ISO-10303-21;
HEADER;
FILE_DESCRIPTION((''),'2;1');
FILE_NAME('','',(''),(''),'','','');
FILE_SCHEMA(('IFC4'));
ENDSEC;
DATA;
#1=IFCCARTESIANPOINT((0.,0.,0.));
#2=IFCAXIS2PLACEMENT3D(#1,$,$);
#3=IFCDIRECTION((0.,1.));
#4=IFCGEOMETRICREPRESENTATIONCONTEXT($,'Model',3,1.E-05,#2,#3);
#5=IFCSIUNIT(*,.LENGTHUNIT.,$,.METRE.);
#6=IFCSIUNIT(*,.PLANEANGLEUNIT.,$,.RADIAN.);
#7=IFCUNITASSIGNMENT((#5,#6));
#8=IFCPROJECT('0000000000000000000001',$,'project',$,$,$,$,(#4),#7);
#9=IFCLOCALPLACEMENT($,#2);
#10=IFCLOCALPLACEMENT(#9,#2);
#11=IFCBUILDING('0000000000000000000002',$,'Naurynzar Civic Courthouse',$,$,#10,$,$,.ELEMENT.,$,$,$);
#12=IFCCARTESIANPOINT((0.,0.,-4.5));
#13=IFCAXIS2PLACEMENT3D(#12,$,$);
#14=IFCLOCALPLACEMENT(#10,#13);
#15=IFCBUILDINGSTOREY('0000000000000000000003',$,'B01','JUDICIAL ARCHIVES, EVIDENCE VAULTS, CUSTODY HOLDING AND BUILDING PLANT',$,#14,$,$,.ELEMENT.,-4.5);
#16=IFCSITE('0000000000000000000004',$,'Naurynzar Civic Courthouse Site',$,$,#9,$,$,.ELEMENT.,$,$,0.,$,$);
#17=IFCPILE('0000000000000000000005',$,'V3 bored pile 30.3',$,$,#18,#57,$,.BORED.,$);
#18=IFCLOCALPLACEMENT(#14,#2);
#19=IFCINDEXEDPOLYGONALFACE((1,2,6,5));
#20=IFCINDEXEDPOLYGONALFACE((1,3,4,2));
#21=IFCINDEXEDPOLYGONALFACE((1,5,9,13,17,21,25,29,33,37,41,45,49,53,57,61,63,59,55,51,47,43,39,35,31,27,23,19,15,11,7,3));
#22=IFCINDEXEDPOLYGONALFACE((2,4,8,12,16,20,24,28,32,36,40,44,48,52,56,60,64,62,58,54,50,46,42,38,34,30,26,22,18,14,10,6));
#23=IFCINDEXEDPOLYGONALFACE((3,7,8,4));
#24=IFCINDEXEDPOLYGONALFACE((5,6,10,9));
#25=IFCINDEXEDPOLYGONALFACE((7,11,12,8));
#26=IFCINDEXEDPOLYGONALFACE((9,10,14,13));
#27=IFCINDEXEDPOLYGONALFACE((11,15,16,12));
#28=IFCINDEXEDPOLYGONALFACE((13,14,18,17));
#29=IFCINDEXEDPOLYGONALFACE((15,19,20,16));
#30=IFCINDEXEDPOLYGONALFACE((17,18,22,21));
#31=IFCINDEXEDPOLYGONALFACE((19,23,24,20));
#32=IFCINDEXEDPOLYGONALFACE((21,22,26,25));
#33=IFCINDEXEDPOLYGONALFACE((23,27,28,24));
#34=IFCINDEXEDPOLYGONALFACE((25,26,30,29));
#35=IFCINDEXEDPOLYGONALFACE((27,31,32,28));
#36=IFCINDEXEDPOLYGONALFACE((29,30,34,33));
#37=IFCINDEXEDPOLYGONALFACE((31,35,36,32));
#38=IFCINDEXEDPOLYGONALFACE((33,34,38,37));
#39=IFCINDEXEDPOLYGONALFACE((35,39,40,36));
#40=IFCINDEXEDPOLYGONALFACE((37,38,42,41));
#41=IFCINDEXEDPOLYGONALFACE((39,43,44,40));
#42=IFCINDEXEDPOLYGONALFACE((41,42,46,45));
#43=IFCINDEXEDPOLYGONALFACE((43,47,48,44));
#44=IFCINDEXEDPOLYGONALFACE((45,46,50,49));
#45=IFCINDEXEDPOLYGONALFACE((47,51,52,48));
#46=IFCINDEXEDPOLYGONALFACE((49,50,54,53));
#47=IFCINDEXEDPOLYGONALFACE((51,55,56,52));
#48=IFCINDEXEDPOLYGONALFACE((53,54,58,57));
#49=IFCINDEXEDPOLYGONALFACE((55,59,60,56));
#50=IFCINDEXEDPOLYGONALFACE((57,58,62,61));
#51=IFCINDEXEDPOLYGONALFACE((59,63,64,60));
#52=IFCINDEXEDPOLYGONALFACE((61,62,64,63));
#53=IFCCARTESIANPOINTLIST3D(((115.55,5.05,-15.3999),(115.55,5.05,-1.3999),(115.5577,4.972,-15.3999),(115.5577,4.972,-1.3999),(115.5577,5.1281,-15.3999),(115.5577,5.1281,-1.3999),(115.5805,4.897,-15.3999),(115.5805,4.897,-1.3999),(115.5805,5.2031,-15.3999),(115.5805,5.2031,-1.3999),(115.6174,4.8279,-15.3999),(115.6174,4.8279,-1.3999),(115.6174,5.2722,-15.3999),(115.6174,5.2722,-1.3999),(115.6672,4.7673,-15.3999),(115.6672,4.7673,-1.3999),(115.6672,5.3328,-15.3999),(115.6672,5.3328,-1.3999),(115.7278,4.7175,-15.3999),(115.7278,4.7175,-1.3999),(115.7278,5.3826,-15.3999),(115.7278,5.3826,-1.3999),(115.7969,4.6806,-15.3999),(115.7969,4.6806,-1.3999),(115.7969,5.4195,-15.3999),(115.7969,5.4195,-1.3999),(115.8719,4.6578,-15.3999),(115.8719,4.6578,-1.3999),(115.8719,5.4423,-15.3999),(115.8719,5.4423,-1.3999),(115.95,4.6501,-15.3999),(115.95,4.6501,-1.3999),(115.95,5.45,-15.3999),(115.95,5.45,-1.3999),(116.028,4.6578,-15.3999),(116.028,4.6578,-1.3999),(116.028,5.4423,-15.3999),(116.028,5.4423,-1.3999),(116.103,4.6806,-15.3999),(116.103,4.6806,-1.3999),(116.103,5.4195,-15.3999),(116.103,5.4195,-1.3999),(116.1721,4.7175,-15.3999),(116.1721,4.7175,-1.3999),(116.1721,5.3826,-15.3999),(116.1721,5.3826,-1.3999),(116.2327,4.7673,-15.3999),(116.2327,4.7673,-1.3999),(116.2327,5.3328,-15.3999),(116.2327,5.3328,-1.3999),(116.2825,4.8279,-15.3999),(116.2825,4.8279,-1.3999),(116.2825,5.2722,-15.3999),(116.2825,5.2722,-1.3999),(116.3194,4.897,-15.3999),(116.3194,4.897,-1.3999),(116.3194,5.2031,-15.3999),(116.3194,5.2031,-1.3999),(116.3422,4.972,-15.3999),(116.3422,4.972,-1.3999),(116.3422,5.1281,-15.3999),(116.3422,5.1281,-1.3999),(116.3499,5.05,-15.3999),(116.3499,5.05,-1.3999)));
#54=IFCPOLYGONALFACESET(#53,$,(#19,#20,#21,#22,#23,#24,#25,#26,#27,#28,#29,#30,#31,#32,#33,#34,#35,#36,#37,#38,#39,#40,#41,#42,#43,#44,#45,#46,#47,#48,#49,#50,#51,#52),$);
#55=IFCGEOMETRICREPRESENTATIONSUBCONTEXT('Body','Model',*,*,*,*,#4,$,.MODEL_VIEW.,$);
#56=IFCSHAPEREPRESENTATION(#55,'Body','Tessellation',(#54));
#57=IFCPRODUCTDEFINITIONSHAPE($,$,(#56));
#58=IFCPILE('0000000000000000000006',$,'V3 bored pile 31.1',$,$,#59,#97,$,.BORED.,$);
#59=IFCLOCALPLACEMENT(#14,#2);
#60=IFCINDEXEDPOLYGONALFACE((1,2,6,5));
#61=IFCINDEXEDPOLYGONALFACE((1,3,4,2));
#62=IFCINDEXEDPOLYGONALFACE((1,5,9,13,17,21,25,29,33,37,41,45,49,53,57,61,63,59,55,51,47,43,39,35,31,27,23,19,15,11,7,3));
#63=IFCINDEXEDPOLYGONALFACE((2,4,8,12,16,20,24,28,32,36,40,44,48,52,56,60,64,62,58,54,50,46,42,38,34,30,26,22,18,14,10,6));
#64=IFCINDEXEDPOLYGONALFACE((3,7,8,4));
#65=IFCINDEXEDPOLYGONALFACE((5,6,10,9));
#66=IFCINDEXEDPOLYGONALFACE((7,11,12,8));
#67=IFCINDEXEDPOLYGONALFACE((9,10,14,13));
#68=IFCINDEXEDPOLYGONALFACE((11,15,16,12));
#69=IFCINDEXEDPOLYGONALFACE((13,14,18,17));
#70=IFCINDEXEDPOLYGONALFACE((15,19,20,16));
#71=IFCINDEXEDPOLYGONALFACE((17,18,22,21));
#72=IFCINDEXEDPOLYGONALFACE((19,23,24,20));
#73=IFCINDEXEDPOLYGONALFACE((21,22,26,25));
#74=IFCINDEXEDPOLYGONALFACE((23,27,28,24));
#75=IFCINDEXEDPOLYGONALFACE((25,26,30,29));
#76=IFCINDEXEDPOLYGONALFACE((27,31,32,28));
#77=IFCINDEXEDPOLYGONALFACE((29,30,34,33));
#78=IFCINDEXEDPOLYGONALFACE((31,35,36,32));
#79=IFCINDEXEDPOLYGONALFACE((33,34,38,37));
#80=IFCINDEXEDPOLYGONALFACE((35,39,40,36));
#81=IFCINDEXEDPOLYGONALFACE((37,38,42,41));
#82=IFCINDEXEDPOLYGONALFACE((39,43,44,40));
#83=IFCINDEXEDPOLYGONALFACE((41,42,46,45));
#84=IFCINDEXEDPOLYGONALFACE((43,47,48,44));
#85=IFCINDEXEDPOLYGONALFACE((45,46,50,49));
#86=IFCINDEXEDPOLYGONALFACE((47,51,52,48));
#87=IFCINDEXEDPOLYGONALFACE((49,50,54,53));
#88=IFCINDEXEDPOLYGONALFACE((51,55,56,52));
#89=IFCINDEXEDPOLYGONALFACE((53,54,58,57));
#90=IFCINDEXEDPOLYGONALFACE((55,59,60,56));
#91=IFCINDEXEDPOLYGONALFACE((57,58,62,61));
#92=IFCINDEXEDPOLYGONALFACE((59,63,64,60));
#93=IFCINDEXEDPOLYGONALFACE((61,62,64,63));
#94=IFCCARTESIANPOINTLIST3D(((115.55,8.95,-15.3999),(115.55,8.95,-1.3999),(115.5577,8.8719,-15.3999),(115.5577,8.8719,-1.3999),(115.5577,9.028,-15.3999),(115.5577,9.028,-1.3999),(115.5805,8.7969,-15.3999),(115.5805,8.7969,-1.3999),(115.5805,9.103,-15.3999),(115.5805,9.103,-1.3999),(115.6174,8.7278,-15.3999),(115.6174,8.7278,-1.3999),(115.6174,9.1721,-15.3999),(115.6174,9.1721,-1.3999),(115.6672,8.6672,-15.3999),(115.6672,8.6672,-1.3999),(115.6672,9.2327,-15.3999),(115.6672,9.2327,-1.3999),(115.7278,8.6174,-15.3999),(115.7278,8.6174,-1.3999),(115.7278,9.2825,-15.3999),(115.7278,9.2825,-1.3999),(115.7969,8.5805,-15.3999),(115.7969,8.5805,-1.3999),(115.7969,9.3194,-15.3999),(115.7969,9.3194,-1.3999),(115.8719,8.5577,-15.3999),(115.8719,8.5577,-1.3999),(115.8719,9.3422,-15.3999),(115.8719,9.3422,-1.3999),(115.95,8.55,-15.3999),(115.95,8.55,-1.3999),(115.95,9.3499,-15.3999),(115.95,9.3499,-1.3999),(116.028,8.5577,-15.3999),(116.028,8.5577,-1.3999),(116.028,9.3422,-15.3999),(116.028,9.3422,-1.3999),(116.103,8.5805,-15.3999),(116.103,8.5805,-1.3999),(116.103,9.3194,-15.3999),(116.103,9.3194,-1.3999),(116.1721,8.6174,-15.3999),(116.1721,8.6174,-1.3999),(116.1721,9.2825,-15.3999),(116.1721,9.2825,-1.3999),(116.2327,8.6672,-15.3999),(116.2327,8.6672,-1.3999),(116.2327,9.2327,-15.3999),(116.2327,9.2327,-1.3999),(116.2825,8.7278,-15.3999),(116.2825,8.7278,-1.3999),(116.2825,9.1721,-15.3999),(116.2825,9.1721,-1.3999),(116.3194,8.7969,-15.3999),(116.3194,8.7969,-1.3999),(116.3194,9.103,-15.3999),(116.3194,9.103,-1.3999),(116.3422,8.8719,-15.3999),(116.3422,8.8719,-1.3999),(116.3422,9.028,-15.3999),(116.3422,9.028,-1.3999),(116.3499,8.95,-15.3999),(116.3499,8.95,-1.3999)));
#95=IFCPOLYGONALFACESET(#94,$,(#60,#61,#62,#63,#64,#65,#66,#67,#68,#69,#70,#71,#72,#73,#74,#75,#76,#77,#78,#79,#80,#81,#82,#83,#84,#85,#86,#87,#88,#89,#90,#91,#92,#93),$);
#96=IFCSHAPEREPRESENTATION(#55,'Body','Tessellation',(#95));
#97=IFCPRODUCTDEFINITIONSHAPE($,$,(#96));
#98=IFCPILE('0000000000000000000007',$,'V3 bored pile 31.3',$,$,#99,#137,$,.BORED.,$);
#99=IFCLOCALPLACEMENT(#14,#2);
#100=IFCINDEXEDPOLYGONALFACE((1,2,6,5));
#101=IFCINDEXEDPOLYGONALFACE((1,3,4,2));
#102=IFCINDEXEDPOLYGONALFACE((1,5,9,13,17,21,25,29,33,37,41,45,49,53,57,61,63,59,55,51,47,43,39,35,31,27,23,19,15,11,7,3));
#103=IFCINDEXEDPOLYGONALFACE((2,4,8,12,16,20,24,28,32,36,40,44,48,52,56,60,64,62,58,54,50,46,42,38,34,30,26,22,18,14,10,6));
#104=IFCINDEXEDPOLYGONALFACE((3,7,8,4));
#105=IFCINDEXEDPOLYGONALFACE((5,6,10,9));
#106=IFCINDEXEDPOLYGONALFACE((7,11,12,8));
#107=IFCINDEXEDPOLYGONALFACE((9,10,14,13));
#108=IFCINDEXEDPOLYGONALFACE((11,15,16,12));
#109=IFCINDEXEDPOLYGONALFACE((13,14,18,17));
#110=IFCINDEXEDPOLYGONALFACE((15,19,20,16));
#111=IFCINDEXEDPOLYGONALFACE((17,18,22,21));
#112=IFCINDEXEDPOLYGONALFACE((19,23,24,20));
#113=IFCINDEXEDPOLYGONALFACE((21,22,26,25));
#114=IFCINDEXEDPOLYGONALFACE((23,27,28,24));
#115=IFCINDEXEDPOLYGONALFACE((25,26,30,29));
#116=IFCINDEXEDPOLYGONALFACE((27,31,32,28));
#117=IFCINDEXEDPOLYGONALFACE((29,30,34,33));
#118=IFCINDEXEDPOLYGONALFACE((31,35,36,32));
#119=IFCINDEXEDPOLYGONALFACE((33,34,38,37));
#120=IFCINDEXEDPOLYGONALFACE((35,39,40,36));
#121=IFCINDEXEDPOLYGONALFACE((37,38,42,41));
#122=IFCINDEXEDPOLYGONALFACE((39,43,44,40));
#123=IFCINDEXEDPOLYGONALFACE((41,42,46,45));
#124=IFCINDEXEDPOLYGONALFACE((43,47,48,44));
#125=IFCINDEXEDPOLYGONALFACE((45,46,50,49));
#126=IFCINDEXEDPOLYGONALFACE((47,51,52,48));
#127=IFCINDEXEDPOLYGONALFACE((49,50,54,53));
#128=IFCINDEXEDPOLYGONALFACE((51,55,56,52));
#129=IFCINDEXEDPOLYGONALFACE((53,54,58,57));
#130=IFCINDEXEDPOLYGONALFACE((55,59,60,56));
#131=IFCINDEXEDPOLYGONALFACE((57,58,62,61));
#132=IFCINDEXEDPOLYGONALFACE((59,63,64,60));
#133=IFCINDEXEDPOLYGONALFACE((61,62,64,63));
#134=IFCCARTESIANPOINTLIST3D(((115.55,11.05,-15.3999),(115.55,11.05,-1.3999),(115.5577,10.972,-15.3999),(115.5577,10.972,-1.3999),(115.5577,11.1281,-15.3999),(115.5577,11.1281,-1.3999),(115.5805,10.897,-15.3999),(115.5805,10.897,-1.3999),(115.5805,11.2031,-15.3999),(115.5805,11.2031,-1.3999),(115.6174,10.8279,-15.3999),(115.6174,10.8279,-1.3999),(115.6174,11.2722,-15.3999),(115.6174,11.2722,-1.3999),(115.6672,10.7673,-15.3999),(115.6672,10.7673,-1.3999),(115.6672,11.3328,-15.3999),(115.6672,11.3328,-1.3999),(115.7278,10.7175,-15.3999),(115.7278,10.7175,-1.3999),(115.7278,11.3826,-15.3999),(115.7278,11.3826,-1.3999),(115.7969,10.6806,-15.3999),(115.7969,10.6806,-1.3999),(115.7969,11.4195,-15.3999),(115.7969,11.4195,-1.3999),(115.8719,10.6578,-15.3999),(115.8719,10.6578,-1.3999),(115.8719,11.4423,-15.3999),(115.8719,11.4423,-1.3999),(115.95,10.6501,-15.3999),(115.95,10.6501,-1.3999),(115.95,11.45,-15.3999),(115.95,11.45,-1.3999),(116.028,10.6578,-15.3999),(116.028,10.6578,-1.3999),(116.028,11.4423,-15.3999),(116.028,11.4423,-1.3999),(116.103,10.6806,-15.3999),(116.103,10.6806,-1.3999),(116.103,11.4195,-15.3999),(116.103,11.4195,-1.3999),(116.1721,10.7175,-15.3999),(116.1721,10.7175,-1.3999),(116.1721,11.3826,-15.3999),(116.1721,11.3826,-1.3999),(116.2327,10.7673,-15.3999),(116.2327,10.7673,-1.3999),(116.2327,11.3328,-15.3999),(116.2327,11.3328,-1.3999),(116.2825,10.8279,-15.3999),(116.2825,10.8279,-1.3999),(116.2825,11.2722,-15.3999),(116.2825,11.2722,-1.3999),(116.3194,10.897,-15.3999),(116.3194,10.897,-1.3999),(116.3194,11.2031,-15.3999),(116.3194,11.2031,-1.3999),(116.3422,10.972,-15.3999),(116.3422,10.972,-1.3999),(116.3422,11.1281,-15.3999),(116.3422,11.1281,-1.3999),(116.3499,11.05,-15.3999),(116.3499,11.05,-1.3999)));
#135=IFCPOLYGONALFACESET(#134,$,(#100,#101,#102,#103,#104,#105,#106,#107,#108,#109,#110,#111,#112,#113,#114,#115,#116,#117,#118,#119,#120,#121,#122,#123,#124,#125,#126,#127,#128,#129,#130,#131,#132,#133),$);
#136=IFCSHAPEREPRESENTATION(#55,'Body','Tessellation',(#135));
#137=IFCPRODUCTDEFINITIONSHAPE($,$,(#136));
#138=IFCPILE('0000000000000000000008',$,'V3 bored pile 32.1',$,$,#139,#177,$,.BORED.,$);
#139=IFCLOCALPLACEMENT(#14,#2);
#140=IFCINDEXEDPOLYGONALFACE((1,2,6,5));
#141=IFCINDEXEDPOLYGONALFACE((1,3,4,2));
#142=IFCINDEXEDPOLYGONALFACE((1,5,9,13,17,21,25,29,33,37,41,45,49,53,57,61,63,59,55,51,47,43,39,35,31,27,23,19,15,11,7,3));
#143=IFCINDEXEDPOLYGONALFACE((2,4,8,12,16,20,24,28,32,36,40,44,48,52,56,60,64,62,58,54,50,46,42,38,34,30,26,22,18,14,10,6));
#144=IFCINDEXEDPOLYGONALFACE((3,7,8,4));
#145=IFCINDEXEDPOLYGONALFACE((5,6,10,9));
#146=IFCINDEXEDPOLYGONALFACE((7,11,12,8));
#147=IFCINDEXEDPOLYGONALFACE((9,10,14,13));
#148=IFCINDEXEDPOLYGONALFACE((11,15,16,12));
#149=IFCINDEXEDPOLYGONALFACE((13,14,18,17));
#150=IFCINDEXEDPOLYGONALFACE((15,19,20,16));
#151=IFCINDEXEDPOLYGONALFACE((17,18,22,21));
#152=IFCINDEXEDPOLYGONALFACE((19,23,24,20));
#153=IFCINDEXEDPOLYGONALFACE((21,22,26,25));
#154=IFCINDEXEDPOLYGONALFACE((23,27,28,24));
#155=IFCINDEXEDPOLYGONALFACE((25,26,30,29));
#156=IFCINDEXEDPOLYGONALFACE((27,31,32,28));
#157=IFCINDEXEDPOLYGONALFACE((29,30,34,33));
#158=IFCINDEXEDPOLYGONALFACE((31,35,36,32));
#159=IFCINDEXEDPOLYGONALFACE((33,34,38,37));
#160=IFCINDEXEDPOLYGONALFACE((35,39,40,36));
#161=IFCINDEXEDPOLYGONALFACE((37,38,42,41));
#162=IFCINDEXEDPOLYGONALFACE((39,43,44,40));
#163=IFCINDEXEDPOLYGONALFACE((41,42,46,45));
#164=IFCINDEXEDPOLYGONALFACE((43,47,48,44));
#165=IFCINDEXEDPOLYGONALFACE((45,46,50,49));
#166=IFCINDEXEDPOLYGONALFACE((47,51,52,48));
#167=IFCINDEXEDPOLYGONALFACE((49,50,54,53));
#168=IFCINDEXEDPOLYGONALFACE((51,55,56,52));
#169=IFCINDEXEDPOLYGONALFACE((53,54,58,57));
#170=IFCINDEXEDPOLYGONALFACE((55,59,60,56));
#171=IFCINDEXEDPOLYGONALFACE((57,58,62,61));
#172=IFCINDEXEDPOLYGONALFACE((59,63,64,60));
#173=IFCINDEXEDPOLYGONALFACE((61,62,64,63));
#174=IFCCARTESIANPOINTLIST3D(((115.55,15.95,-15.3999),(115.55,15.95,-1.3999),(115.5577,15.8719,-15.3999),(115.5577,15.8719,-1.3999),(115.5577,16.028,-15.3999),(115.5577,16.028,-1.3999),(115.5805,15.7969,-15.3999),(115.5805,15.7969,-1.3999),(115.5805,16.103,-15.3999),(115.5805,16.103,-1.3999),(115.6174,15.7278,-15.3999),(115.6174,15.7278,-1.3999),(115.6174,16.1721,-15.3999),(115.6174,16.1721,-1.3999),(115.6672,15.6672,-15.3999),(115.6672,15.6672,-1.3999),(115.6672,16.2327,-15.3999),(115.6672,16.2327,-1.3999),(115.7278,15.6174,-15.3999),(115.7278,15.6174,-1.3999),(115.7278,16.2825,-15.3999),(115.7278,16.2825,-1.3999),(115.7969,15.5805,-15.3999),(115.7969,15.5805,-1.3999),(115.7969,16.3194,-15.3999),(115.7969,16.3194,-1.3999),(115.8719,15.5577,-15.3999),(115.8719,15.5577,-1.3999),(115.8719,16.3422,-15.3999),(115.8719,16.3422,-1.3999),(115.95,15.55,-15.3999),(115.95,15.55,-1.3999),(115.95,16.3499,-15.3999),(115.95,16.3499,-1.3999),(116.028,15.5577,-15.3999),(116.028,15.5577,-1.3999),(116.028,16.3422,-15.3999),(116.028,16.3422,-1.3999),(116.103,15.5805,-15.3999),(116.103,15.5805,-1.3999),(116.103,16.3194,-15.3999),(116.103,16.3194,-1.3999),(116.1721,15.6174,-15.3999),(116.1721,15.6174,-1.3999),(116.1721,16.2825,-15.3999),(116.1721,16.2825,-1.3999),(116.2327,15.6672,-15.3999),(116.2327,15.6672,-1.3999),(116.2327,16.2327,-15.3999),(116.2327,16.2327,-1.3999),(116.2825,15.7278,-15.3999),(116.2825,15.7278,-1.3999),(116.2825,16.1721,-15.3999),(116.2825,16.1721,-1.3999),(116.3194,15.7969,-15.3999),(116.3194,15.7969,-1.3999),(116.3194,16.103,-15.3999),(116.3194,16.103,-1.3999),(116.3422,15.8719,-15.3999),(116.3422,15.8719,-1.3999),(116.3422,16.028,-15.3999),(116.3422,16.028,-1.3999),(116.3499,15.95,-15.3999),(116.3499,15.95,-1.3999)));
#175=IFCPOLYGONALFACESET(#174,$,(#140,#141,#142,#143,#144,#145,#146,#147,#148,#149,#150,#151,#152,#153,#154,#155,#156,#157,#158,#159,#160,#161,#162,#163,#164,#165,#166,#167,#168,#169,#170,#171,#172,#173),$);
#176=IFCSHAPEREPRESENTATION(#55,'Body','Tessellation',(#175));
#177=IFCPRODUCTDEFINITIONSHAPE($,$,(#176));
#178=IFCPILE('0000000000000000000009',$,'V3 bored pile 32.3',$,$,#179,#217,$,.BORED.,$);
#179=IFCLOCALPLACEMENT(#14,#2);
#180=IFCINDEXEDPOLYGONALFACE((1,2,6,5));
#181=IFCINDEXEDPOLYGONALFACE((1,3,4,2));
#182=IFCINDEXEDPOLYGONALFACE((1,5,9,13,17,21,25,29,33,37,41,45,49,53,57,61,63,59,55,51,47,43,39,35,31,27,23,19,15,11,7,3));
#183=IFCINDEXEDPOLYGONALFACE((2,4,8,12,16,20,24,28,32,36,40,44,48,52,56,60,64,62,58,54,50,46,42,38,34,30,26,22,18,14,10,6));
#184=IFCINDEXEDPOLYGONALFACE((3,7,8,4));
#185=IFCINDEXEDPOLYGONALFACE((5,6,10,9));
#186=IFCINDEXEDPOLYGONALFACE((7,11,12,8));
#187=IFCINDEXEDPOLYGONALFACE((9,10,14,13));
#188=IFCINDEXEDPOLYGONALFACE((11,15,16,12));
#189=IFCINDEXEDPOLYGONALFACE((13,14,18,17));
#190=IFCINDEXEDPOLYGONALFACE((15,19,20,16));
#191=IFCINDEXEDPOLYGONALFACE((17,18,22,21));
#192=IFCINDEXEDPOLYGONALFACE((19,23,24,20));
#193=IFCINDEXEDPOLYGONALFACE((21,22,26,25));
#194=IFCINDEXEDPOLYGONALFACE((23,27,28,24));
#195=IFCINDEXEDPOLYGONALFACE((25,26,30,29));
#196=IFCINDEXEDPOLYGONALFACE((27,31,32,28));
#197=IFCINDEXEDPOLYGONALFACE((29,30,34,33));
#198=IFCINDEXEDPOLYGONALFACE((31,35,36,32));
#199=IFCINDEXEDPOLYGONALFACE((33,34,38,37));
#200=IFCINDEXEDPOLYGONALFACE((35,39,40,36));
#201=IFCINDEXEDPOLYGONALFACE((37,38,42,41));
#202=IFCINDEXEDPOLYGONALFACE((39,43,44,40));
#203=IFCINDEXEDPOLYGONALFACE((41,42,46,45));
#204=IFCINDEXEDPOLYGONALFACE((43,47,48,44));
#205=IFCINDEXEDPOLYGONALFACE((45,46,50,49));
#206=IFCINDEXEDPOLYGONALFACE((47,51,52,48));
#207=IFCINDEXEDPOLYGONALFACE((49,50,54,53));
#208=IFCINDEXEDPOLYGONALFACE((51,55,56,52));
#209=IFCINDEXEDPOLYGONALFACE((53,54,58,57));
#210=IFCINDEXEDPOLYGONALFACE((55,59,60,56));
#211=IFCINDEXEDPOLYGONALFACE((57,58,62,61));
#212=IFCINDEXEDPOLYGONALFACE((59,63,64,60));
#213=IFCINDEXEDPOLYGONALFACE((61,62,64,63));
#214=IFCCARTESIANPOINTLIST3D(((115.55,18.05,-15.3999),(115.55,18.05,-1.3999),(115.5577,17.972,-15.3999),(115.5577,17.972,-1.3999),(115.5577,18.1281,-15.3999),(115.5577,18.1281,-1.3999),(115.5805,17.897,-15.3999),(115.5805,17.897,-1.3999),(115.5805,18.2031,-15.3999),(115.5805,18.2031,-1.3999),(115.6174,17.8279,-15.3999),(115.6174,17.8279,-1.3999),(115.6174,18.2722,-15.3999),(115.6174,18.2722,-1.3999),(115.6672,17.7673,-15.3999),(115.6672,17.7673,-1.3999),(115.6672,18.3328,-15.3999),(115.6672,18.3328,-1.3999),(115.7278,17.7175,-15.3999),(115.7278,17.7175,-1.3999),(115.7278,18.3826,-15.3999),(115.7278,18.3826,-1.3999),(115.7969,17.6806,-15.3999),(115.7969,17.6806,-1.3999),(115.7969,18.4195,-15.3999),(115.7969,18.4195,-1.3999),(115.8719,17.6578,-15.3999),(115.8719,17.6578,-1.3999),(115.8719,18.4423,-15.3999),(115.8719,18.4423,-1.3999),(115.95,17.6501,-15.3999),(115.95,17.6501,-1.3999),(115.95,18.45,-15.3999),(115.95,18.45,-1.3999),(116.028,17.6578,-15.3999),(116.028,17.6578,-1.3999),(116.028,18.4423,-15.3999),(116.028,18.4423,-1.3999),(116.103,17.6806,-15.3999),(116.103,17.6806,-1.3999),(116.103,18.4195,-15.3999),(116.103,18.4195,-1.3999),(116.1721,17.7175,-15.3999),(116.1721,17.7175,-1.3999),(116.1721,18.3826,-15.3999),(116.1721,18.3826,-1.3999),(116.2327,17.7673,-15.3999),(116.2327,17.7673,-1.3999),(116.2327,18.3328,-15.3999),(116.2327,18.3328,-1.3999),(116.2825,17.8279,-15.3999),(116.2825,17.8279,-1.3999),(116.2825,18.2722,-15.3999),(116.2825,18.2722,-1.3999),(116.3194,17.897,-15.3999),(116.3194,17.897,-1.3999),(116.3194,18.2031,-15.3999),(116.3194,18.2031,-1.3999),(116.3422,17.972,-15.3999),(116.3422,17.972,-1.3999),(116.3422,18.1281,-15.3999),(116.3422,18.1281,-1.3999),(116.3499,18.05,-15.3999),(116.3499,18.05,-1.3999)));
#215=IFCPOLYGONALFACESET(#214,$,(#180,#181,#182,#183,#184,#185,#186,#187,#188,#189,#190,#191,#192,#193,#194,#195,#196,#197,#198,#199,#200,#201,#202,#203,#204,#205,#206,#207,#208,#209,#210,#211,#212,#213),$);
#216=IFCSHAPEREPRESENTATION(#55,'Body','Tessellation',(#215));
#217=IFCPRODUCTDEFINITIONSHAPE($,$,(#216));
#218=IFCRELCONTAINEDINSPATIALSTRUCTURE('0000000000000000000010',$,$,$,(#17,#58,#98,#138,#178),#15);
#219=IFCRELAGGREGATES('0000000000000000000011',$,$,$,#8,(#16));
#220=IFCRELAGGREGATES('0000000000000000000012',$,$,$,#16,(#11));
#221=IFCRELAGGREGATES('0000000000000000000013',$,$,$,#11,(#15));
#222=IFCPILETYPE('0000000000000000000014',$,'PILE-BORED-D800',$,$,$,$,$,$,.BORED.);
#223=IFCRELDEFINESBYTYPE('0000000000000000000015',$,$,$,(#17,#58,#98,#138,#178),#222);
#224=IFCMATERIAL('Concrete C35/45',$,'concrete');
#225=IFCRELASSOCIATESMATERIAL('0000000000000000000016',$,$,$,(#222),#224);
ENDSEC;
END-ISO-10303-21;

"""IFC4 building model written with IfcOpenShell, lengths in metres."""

from ifc_helpers import new_model, si_unit, direction, frame, origin, origin_2d, place, context, subcontext, project, spatial, circle, extrude, material, material_profile, profile_set, type_object, element, save


model = new_model("IFC4")

# Units and contexts
model_context = context("Model", 3, precision=1e-05, world=origin(), true_north=direction((0.0, 1.0)))
body_context = subcontext(model_context, "Body", "Model", "MODEL_VIEW")
ifc_project = project(units=[si_unit("LENGTHUNIT", "METRE"), si_unit("PLANEANGLEUNIT", "RADIAN")], contexts=[model_context])

# Site, building, storey
site_placement = place(None, origin())
site = spatial("IfcSite", under=ifc_project, at=site_placement, Name="Naurynzar Civic Courthouse Site", CompositionType="ELEMENT", RefElevation=0.0)
building_placement = place(site_placement, origin())
building = spatial("IfcBuilding", under=site, at=building_placement, Name="Naurynzar Civic Courthouse", CompositionType="ELEMENT")
storey_placement = place(building_placement, frame((0.0, 0.0, -4.5)))
storey = spatial("IfcBuildingStorey", under=building, at=storey_placement, Name="B01", Description="JUDICIAL ARCHIVES, EVIDENCE VAULTS, CUSTODY HOLDING AND BUILDING PLANT", CompositionType="ELEMENT", Elevation=-4.5)

# Piles
ifc_material_1 = material(Name="Concrete C35/45", Category="concrete")
ifc_material_profile_1 = material_profile(ifc_material_1, circle(Radius=0.3999, at=origin_2d()), Name="PILE D800")
ifc_profile_set_1 = profile_set([ifc_material_profile_1], Name="Concrete C35/45")
pile_type = type_object("IfcPileType", Name="PILE-BORED-D800", PredefinedType="BORED", material=ifc_profile_set_1)
for number, where, z_axis, x_axis, name in (
    (1, (115.95, 5.05, -1.3999), (0.0, 0.0, -1.0), (1.0, 0.0, 0.0), "V3 bored pile 30.3"),
    (2, (115.95, 8.95, -1.3999), (0.0, 0.0, -1.0), (1.0, 0.0, 0.0), "V3 bored pile 31.1"),
    (3, (115.95, 11.05, -1.3999), (0.0, 0.0, -1.0), (1.0, 0.0, 0.0), "V3 bored pile 31.3"),
    (4, (115.95, 15.95, -1.3999), (0.0, 0.0, -1.0), (1.0, 0.0, 0.0), "V3 bored pile 32.1"),
    (5, (115.95, 18.05, -1.3999), (0.0, 0.0, -1.0), (1.0, 0.0, 0.0), "V3 bored pile 32.3"),
):
    element("IfcPile", number, at=place(storey_placement, frame(where, z_axis=z_axis, x_axis=x_axis)), inside=storey, type_object=pile_type, Name=name, PredefinedType="BORED", context=body_context, shape_type="SweptSolid", body=[
        extrude(circle(Radius=0.3999, at=origin_2d()), origin(), (0.0, 0.0, 1.0), 14.0),
    ])

save(model, "model.ifc")
